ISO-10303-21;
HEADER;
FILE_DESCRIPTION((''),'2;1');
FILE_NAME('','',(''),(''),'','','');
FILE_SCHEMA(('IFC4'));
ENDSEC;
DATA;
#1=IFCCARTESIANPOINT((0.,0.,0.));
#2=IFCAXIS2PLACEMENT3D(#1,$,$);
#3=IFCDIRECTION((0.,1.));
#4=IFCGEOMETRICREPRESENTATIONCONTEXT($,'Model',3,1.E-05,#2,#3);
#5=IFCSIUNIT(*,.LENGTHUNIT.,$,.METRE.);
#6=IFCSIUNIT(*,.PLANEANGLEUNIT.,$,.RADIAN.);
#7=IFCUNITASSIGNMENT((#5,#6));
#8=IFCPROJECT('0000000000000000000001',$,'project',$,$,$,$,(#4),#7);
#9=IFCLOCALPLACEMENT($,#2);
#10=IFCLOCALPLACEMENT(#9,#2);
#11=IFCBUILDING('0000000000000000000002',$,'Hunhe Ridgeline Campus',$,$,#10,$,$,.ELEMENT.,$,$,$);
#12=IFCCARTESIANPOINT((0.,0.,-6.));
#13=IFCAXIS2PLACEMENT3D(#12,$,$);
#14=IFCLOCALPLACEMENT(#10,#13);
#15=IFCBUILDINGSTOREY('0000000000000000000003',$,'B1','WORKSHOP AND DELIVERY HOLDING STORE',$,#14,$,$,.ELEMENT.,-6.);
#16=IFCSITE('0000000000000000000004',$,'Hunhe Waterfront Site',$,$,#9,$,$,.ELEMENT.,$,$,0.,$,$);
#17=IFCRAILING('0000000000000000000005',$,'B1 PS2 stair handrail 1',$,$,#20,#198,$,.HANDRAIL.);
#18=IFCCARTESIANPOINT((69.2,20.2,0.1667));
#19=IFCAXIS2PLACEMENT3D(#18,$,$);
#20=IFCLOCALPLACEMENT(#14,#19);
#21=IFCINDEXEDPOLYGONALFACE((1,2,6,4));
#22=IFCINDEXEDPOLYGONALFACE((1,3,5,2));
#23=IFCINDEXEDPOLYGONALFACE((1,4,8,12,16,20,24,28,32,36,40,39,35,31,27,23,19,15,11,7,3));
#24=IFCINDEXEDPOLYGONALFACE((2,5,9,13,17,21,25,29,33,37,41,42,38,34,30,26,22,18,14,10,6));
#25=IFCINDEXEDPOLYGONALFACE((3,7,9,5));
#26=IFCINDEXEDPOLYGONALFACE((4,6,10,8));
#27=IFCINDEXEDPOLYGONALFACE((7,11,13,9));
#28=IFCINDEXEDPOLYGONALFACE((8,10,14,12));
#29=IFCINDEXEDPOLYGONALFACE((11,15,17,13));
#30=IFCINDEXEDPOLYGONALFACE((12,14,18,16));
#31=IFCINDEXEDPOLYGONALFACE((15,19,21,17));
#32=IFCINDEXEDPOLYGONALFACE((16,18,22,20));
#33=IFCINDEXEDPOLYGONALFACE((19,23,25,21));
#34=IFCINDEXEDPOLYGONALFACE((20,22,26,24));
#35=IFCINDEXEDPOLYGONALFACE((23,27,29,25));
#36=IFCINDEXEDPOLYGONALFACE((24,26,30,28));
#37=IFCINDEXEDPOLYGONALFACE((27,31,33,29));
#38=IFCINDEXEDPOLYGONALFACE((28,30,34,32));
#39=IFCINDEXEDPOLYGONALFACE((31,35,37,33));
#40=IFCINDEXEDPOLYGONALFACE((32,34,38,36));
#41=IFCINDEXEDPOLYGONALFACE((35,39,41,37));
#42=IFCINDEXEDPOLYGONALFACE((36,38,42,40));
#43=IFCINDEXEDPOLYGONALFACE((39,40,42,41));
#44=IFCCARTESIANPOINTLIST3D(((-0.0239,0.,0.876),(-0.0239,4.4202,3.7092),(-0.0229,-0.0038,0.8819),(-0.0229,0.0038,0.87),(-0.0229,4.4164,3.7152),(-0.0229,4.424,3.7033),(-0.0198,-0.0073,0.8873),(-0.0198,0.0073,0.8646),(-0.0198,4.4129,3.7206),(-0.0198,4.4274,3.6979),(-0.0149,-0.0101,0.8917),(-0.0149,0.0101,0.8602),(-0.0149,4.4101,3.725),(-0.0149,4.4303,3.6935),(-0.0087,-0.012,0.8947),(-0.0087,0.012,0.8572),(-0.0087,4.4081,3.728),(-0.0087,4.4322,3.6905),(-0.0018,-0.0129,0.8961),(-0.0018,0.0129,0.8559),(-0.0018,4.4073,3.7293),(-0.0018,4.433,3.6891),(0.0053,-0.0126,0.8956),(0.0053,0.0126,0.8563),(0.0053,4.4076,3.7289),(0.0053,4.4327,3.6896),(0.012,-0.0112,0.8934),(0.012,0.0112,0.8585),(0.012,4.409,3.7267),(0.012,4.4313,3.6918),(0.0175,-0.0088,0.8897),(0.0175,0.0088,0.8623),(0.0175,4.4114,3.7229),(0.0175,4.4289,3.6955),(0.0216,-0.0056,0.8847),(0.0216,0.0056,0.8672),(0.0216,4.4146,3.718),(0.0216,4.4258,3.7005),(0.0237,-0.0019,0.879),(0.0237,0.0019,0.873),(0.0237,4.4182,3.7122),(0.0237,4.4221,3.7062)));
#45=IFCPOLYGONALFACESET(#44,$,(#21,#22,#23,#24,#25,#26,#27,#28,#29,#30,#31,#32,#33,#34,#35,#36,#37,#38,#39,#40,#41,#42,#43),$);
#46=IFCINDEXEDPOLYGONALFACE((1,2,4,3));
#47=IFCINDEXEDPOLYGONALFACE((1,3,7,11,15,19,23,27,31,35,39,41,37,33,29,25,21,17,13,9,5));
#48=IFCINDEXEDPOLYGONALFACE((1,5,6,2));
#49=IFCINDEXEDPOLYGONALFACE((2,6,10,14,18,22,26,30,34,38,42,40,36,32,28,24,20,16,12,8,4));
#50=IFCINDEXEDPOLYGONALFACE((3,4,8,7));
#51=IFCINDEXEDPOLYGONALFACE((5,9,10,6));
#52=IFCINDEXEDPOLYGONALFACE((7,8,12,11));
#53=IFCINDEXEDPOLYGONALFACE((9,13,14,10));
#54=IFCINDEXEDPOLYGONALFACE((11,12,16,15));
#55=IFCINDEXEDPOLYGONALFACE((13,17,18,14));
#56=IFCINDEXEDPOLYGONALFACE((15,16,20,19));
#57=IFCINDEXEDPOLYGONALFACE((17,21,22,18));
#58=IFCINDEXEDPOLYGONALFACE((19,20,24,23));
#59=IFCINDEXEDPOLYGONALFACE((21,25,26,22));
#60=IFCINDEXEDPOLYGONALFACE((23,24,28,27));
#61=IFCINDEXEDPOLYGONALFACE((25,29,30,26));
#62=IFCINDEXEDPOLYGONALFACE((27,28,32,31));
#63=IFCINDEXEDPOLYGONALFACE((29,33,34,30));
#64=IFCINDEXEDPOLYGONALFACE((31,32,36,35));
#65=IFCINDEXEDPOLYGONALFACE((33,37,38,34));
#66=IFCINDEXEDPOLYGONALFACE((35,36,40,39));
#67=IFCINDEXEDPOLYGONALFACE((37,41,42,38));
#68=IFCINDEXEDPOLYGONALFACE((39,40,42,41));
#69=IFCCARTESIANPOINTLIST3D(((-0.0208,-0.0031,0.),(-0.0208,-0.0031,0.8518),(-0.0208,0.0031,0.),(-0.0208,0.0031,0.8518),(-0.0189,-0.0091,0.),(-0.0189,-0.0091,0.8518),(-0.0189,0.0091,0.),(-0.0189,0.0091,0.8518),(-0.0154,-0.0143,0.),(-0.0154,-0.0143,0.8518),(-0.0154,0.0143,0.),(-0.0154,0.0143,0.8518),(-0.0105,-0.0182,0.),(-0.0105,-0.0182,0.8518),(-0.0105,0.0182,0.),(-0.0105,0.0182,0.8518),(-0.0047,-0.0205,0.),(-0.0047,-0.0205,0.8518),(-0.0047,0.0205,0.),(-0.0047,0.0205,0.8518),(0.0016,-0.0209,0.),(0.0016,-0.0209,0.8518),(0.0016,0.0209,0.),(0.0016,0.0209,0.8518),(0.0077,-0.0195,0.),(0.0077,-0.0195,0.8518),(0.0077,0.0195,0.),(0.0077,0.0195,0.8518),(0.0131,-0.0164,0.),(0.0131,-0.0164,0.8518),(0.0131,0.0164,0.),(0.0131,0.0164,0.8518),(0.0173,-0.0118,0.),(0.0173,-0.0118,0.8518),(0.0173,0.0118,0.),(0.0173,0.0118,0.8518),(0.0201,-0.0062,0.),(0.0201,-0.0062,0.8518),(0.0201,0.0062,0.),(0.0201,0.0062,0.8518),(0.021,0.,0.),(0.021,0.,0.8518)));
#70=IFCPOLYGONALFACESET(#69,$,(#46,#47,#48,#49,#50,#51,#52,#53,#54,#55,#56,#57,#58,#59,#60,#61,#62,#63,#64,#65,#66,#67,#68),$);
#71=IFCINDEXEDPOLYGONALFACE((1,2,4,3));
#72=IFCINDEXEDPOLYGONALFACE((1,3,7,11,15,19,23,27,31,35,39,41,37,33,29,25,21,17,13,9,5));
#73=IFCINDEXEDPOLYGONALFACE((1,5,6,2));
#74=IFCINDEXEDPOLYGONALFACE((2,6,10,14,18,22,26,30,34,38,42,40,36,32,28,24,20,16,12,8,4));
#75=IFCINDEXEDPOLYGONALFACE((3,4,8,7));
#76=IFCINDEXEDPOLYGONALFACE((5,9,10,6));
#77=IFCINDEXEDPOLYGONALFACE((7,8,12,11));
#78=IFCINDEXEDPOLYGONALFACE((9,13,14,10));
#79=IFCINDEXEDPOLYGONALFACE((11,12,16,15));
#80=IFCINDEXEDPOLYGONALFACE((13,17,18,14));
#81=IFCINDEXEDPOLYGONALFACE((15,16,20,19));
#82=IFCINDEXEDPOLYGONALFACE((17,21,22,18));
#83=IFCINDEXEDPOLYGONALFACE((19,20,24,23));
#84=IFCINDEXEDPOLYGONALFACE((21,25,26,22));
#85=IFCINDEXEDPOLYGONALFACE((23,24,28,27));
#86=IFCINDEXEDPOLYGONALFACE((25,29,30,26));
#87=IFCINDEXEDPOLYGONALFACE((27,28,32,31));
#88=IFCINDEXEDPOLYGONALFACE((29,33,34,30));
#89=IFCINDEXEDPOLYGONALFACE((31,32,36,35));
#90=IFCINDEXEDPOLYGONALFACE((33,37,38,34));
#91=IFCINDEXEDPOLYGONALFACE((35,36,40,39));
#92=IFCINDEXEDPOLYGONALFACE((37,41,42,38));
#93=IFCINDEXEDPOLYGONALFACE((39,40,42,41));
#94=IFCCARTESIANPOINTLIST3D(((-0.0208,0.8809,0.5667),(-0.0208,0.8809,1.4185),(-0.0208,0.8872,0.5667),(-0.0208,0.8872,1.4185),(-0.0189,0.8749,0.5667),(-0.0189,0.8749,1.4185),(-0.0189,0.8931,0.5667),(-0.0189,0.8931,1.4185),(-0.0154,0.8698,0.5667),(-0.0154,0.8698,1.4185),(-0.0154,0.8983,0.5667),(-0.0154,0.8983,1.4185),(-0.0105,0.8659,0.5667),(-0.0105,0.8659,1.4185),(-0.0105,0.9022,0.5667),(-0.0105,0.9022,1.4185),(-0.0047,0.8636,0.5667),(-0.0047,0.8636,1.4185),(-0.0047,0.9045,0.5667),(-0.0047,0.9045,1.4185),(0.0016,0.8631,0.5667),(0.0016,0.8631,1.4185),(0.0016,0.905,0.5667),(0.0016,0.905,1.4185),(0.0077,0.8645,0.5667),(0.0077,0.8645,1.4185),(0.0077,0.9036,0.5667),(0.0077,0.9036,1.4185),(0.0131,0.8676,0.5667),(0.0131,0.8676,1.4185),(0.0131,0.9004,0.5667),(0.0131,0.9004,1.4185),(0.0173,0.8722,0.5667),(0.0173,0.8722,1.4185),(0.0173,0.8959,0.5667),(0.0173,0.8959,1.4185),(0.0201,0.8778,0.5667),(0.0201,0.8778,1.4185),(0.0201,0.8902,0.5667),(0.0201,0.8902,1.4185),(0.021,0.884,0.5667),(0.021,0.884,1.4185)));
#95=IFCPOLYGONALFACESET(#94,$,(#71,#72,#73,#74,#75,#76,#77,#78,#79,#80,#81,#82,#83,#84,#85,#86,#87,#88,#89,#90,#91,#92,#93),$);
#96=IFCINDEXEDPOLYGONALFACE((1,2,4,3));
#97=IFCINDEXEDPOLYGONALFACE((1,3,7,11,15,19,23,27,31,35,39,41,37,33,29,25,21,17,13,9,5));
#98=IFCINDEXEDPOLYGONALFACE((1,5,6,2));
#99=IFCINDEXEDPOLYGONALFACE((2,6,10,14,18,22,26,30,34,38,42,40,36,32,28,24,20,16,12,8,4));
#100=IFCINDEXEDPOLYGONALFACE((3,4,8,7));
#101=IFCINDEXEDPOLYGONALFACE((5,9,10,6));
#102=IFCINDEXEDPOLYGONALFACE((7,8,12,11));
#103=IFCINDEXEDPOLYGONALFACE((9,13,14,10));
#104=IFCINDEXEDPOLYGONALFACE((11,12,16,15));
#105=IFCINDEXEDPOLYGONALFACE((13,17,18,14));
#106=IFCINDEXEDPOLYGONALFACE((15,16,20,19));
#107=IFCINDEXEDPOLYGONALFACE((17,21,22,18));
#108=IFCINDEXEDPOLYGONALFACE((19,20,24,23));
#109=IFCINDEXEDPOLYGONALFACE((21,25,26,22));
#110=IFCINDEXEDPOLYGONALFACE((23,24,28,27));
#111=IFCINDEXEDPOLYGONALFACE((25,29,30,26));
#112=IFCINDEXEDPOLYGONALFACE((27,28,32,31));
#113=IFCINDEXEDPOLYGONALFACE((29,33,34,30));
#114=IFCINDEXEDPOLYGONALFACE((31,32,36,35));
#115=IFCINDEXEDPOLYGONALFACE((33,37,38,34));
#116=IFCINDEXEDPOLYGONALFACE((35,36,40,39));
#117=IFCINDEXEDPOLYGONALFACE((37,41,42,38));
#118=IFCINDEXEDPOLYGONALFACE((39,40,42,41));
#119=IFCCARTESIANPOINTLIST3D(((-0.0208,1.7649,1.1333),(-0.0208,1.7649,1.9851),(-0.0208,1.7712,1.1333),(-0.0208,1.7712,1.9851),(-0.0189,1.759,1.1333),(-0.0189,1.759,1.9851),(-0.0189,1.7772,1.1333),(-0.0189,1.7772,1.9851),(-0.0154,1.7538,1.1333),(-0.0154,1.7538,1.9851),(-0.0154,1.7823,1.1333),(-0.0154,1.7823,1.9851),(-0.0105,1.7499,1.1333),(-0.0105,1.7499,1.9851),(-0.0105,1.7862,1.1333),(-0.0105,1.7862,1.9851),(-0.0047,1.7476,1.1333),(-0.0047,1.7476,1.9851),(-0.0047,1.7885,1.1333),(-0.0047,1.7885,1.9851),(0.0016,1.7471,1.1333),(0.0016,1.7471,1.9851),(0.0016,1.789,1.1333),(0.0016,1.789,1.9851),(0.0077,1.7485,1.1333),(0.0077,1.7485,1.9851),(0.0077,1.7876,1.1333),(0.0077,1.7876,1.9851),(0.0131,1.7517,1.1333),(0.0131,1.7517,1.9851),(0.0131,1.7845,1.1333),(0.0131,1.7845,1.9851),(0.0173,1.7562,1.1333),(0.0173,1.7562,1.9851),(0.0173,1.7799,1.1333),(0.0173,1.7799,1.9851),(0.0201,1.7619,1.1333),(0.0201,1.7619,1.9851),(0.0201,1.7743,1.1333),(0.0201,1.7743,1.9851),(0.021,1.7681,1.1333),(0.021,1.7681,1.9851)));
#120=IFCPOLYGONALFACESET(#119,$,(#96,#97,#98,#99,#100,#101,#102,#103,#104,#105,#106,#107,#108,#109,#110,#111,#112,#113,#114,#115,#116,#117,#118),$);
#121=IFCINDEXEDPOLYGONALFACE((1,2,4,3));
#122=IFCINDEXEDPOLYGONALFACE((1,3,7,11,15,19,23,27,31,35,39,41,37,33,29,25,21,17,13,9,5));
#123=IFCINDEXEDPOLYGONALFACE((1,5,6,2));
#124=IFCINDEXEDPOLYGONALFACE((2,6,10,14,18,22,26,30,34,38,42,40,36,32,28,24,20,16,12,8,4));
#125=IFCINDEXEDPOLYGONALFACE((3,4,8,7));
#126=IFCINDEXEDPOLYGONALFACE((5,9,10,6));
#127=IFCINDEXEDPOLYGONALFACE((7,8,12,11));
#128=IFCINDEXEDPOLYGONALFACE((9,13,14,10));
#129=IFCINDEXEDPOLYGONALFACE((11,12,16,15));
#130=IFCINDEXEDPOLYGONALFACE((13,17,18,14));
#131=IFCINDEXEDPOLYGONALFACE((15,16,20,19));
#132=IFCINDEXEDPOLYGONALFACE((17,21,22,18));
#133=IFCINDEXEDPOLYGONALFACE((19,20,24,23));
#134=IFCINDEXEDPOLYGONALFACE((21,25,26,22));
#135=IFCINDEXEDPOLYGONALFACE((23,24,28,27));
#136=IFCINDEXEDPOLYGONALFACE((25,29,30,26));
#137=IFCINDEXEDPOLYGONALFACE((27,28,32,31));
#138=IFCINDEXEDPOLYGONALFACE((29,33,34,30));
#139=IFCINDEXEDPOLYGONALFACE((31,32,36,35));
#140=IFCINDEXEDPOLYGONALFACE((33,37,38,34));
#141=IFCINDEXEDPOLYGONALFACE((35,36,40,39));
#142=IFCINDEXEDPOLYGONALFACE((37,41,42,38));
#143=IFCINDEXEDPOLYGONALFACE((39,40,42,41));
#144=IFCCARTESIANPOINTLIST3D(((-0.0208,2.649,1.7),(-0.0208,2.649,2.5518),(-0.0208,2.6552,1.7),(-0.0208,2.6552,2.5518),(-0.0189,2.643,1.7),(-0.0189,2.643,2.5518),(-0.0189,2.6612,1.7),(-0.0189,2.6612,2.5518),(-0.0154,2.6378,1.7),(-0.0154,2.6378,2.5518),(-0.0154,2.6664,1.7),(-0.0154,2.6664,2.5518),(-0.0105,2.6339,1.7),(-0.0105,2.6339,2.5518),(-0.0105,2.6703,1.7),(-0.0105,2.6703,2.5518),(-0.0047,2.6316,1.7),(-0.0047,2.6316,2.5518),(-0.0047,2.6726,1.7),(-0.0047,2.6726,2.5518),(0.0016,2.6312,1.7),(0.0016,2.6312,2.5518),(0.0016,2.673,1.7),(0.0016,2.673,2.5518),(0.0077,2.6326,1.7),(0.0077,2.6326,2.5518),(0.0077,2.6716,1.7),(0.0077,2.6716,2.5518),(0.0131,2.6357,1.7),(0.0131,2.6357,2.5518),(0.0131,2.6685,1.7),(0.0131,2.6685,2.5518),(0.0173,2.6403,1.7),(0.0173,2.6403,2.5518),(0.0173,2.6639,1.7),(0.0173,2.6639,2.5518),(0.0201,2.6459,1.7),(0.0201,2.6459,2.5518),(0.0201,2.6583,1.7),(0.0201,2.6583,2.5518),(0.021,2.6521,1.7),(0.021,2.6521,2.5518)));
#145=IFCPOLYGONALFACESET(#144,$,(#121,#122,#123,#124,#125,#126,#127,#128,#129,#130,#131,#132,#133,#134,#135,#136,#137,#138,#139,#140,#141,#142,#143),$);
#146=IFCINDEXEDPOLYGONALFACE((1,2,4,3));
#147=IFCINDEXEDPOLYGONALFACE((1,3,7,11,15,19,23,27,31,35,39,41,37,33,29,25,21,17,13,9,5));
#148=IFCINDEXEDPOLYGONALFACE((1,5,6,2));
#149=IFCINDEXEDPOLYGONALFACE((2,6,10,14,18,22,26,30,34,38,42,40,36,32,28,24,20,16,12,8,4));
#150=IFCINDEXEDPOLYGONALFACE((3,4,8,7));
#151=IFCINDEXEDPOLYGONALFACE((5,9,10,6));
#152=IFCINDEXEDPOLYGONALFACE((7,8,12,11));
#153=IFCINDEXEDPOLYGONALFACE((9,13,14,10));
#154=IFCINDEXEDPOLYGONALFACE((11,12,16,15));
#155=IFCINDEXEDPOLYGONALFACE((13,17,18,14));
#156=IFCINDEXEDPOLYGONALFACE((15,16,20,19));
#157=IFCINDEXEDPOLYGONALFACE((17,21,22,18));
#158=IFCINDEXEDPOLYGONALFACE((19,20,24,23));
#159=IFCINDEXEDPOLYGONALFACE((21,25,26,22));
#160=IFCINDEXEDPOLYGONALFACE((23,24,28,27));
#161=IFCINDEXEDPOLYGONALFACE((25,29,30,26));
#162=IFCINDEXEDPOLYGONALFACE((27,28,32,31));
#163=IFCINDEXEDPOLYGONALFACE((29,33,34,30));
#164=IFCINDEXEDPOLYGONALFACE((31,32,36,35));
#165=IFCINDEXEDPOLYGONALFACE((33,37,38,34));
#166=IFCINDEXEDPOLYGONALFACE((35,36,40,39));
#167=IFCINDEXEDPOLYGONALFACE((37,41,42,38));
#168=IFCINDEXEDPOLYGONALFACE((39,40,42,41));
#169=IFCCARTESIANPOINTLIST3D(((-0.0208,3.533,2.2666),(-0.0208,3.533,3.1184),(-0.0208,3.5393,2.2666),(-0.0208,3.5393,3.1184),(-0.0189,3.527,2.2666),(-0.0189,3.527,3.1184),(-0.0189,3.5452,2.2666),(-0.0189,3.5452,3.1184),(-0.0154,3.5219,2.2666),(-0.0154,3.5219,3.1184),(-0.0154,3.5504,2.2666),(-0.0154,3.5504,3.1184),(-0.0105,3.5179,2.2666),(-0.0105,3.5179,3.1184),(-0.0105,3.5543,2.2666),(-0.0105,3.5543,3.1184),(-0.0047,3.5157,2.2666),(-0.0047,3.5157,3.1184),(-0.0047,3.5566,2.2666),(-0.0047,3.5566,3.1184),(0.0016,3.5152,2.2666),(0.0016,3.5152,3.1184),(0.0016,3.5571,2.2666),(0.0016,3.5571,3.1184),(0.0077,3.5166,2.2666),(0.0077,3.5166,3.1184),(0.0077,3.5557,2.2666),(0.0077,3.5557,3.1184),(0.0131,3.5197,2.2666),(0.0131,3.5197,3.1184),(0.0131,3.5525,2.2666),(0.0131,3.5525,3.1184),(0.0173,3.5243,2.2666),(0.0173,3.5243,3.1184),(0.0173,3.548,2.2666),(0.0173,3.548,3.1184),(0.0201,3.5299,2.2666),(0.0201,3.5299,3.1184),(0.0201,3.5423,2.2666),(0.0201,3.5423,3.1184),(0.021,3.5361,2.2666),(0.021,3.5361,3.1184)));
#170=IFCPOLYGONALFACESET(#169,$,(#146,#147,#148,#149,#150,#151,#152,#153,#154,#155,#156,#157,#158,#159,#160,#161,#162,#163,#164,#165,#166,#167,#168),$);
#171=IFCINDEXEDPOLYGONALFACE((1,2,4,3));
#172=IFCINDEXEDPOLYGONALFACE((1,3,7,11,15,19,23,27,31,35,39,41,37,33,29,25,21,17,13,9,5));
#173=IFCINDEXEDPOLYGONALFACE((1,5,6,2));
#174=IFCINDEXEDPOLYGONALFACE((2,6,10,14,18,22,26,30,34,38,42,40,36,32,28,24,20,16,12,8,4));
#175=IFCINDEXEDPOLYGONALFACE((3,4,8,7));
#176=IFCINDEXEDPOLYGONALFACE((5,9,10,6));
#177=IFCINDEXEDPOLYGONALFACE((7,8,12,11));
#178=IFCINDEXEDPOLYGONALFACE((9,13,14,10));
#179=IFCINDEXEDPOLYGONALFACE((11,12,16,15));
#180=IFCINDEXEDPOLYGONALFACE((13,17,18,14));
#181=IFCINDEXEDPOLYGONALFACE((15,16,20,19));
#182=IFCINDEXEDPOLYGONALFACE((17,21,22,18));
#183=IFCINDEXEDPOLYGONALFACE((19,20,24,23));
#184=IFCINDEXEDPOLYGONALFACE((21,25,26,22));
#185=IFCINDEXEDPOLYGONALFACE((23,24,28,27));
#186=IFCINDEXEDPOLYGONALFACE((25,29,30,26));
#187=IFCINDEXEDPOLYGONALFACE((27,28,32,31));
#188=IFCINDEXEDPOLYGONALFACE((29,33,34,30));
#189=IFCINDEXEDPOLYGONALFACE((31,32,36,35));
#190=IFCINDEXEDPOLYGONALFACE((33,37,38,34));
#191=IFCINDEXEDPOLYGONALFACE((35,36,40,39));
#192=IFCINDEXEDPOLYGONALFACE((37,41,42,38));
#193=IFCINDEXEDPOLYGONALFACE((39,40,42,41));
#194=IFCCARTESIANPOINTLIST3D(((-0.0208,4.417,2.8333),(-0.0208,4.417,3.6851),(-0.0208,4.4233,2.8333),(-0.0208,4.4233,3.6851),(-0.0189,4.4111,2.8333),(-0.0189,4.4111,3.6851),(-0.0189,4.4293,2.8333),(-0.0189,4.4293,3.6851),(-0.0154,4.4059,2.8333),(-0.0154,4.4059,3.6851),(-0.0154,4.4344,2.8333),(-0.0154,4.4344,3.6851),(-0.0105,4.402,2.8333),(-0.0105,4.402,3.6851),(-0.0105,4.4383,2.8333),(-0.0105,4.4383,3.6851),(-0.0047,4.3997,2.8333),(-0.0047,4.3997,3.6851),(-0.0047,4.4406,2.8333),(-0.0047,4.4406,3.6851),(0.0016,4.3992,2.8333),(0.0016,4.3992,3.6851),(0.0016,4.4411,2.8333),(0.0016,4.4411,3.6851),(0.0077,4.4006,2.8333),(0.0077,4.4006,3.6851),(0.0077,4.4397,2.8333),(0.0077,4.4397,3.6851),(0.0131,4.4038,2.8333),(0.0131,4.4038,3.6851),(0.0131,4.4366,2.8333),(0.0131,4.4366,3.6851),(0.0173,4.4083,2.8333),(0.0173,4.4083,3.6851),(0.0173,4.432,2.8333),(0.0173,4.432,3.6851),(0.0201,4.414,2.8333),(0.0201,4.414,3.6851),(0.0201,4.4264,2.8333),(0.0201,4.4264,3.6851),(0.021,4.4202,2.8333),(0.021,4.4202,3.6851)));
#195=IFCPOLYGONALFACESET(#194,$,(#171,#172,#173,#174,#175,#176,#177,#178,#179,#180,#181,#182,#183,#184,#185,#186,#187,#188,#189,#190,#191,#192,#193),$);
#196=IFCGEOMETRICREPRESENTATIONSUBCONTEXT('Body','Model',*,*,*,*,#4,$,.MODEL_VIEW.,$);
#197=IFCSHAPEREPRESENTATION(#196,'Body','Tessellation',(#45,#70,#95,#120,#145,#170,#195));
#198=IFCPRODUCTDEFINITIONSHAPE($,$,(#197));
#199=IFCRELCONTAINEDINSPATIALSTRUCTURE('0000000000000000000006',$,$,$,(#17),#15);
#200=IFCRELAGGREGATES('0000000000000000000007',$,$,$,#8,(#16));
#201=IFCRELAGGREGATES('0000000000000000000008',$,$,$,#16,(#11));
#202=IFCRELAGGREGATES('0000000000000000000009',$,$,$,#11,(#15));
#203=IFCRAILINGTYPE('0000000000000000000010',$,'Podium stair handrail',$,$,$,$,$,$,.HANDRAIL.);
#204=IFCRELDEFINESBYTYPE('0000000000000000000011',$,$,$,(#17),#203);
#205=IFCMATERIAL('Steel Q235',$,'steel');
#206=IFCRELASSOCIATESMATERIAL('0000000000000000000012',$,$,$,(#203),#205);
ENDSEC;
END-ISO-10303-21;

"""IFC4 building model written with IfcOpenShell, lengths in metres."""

from ifc_helpers import new_model, si_unit, direction, frame, origin, origin_2d, place, context, subcontext, project, spatial, circle, extrude, material, type_object, element, save


model = new_model("IFC4")

# Units and contexts
model_context = context("Model", 3, precision=1e-05, world=origin(), true_north=direction((0.0, 1.0)))
body_context = subcontext(model_context, "Body", "Model", "MODEL_VIEW")
ifc_project = project(units=[si_unit("LENGTHUNIT", "METRE"), si_unit("PLANEANGLEUNIT", "RADIAN")], contexts=[model_context])

# Site, building, storey
site_placement = place(None, origin())
site = spatial("IfcSite", under=ifc_project, at=site_placement, Name="Hunhe Waterfront Site", CompositionType="ELEMENT", RefElevation=0.0)
building_placement = place(site_placement, origin())
building = spatial("IfcBuilding", under=site, at=building_placement, Name="Hunhe Ridgeline Campus", CompositionType="ELEMENT")
storey_placement = place(building_placement, frame((0.0, 0.0, -6.0)))
storey = spatial("IfcBuildingStorey", under=building, at=storey_placement, Name="B1", Description="WORKSHOP AND DELIVERY HOLDING STORE", CompositionType="ELEMENT", Elevation=-6.0)

# Shared definitions
ifc_material_1 = material(Name="Steel Q235", Category="steel")

# Railing
railing_type_1 = type_object("IfcRailingType", Name="Podium stair handrail", PredefinedType="HANDRAIL", material=ifc_material_1)
railing_1_placement = place(storey_placement, frame((69.2, 20.2, 0.1667)))
element("IfcRailing", 1, at=railing_1_placement, inside=storey, type_object=railing_type_1, Name="B1 PS2 stair handrail 1", PredefinedType="HANDRAIL", context=body_context, shape_type="SweptSolid", body=[
    extrude(circle(Radius=0.0239, at=origin_2d()), frame((0.0, 0.0, 0.876), z_axis=(0.0, 0.841895, 0.539641), x_axis=(-1.0, 0.0, 0.0)), (0.0, 0.0, 1.0), 5.2502),
    extrude(circle(Radius=0.021, at=origin_2d()), origin(), (0.0, 0.0, 1.0), 0.8518),
    extrude(circle(Radius=0.021, at=origin_2d()), frame((0.0, 0.884, 0.5667)), (0.0, 0.0, 1.0), 0.8518),
    extrude(circle(Radius=0.021, at=origin_2d()), frame((0.0, 1.7681, 1.1333)), (0.0, 0.0, 1.0), 0.8518),
    extrude(circle(Radius=0.021, at=origin_2d()), frame((0.0, 2.6521, 1.7)), (0.0, 0.0, 1.0), 0.8518),
    extrude(circle(Radius=0.021, at=origin_2d()), frame((0.0, 3.5361, 2.2666)), (0.0, 0.0, 1.0), 0.8518),
    extrude(circle(Radius=0.021, at=origin_2d()), frame((0.0, 4.4202, 2.8333)), (0.0, 0.0, 1.0), 0.8518),
])

save(model, "model.ifc")
